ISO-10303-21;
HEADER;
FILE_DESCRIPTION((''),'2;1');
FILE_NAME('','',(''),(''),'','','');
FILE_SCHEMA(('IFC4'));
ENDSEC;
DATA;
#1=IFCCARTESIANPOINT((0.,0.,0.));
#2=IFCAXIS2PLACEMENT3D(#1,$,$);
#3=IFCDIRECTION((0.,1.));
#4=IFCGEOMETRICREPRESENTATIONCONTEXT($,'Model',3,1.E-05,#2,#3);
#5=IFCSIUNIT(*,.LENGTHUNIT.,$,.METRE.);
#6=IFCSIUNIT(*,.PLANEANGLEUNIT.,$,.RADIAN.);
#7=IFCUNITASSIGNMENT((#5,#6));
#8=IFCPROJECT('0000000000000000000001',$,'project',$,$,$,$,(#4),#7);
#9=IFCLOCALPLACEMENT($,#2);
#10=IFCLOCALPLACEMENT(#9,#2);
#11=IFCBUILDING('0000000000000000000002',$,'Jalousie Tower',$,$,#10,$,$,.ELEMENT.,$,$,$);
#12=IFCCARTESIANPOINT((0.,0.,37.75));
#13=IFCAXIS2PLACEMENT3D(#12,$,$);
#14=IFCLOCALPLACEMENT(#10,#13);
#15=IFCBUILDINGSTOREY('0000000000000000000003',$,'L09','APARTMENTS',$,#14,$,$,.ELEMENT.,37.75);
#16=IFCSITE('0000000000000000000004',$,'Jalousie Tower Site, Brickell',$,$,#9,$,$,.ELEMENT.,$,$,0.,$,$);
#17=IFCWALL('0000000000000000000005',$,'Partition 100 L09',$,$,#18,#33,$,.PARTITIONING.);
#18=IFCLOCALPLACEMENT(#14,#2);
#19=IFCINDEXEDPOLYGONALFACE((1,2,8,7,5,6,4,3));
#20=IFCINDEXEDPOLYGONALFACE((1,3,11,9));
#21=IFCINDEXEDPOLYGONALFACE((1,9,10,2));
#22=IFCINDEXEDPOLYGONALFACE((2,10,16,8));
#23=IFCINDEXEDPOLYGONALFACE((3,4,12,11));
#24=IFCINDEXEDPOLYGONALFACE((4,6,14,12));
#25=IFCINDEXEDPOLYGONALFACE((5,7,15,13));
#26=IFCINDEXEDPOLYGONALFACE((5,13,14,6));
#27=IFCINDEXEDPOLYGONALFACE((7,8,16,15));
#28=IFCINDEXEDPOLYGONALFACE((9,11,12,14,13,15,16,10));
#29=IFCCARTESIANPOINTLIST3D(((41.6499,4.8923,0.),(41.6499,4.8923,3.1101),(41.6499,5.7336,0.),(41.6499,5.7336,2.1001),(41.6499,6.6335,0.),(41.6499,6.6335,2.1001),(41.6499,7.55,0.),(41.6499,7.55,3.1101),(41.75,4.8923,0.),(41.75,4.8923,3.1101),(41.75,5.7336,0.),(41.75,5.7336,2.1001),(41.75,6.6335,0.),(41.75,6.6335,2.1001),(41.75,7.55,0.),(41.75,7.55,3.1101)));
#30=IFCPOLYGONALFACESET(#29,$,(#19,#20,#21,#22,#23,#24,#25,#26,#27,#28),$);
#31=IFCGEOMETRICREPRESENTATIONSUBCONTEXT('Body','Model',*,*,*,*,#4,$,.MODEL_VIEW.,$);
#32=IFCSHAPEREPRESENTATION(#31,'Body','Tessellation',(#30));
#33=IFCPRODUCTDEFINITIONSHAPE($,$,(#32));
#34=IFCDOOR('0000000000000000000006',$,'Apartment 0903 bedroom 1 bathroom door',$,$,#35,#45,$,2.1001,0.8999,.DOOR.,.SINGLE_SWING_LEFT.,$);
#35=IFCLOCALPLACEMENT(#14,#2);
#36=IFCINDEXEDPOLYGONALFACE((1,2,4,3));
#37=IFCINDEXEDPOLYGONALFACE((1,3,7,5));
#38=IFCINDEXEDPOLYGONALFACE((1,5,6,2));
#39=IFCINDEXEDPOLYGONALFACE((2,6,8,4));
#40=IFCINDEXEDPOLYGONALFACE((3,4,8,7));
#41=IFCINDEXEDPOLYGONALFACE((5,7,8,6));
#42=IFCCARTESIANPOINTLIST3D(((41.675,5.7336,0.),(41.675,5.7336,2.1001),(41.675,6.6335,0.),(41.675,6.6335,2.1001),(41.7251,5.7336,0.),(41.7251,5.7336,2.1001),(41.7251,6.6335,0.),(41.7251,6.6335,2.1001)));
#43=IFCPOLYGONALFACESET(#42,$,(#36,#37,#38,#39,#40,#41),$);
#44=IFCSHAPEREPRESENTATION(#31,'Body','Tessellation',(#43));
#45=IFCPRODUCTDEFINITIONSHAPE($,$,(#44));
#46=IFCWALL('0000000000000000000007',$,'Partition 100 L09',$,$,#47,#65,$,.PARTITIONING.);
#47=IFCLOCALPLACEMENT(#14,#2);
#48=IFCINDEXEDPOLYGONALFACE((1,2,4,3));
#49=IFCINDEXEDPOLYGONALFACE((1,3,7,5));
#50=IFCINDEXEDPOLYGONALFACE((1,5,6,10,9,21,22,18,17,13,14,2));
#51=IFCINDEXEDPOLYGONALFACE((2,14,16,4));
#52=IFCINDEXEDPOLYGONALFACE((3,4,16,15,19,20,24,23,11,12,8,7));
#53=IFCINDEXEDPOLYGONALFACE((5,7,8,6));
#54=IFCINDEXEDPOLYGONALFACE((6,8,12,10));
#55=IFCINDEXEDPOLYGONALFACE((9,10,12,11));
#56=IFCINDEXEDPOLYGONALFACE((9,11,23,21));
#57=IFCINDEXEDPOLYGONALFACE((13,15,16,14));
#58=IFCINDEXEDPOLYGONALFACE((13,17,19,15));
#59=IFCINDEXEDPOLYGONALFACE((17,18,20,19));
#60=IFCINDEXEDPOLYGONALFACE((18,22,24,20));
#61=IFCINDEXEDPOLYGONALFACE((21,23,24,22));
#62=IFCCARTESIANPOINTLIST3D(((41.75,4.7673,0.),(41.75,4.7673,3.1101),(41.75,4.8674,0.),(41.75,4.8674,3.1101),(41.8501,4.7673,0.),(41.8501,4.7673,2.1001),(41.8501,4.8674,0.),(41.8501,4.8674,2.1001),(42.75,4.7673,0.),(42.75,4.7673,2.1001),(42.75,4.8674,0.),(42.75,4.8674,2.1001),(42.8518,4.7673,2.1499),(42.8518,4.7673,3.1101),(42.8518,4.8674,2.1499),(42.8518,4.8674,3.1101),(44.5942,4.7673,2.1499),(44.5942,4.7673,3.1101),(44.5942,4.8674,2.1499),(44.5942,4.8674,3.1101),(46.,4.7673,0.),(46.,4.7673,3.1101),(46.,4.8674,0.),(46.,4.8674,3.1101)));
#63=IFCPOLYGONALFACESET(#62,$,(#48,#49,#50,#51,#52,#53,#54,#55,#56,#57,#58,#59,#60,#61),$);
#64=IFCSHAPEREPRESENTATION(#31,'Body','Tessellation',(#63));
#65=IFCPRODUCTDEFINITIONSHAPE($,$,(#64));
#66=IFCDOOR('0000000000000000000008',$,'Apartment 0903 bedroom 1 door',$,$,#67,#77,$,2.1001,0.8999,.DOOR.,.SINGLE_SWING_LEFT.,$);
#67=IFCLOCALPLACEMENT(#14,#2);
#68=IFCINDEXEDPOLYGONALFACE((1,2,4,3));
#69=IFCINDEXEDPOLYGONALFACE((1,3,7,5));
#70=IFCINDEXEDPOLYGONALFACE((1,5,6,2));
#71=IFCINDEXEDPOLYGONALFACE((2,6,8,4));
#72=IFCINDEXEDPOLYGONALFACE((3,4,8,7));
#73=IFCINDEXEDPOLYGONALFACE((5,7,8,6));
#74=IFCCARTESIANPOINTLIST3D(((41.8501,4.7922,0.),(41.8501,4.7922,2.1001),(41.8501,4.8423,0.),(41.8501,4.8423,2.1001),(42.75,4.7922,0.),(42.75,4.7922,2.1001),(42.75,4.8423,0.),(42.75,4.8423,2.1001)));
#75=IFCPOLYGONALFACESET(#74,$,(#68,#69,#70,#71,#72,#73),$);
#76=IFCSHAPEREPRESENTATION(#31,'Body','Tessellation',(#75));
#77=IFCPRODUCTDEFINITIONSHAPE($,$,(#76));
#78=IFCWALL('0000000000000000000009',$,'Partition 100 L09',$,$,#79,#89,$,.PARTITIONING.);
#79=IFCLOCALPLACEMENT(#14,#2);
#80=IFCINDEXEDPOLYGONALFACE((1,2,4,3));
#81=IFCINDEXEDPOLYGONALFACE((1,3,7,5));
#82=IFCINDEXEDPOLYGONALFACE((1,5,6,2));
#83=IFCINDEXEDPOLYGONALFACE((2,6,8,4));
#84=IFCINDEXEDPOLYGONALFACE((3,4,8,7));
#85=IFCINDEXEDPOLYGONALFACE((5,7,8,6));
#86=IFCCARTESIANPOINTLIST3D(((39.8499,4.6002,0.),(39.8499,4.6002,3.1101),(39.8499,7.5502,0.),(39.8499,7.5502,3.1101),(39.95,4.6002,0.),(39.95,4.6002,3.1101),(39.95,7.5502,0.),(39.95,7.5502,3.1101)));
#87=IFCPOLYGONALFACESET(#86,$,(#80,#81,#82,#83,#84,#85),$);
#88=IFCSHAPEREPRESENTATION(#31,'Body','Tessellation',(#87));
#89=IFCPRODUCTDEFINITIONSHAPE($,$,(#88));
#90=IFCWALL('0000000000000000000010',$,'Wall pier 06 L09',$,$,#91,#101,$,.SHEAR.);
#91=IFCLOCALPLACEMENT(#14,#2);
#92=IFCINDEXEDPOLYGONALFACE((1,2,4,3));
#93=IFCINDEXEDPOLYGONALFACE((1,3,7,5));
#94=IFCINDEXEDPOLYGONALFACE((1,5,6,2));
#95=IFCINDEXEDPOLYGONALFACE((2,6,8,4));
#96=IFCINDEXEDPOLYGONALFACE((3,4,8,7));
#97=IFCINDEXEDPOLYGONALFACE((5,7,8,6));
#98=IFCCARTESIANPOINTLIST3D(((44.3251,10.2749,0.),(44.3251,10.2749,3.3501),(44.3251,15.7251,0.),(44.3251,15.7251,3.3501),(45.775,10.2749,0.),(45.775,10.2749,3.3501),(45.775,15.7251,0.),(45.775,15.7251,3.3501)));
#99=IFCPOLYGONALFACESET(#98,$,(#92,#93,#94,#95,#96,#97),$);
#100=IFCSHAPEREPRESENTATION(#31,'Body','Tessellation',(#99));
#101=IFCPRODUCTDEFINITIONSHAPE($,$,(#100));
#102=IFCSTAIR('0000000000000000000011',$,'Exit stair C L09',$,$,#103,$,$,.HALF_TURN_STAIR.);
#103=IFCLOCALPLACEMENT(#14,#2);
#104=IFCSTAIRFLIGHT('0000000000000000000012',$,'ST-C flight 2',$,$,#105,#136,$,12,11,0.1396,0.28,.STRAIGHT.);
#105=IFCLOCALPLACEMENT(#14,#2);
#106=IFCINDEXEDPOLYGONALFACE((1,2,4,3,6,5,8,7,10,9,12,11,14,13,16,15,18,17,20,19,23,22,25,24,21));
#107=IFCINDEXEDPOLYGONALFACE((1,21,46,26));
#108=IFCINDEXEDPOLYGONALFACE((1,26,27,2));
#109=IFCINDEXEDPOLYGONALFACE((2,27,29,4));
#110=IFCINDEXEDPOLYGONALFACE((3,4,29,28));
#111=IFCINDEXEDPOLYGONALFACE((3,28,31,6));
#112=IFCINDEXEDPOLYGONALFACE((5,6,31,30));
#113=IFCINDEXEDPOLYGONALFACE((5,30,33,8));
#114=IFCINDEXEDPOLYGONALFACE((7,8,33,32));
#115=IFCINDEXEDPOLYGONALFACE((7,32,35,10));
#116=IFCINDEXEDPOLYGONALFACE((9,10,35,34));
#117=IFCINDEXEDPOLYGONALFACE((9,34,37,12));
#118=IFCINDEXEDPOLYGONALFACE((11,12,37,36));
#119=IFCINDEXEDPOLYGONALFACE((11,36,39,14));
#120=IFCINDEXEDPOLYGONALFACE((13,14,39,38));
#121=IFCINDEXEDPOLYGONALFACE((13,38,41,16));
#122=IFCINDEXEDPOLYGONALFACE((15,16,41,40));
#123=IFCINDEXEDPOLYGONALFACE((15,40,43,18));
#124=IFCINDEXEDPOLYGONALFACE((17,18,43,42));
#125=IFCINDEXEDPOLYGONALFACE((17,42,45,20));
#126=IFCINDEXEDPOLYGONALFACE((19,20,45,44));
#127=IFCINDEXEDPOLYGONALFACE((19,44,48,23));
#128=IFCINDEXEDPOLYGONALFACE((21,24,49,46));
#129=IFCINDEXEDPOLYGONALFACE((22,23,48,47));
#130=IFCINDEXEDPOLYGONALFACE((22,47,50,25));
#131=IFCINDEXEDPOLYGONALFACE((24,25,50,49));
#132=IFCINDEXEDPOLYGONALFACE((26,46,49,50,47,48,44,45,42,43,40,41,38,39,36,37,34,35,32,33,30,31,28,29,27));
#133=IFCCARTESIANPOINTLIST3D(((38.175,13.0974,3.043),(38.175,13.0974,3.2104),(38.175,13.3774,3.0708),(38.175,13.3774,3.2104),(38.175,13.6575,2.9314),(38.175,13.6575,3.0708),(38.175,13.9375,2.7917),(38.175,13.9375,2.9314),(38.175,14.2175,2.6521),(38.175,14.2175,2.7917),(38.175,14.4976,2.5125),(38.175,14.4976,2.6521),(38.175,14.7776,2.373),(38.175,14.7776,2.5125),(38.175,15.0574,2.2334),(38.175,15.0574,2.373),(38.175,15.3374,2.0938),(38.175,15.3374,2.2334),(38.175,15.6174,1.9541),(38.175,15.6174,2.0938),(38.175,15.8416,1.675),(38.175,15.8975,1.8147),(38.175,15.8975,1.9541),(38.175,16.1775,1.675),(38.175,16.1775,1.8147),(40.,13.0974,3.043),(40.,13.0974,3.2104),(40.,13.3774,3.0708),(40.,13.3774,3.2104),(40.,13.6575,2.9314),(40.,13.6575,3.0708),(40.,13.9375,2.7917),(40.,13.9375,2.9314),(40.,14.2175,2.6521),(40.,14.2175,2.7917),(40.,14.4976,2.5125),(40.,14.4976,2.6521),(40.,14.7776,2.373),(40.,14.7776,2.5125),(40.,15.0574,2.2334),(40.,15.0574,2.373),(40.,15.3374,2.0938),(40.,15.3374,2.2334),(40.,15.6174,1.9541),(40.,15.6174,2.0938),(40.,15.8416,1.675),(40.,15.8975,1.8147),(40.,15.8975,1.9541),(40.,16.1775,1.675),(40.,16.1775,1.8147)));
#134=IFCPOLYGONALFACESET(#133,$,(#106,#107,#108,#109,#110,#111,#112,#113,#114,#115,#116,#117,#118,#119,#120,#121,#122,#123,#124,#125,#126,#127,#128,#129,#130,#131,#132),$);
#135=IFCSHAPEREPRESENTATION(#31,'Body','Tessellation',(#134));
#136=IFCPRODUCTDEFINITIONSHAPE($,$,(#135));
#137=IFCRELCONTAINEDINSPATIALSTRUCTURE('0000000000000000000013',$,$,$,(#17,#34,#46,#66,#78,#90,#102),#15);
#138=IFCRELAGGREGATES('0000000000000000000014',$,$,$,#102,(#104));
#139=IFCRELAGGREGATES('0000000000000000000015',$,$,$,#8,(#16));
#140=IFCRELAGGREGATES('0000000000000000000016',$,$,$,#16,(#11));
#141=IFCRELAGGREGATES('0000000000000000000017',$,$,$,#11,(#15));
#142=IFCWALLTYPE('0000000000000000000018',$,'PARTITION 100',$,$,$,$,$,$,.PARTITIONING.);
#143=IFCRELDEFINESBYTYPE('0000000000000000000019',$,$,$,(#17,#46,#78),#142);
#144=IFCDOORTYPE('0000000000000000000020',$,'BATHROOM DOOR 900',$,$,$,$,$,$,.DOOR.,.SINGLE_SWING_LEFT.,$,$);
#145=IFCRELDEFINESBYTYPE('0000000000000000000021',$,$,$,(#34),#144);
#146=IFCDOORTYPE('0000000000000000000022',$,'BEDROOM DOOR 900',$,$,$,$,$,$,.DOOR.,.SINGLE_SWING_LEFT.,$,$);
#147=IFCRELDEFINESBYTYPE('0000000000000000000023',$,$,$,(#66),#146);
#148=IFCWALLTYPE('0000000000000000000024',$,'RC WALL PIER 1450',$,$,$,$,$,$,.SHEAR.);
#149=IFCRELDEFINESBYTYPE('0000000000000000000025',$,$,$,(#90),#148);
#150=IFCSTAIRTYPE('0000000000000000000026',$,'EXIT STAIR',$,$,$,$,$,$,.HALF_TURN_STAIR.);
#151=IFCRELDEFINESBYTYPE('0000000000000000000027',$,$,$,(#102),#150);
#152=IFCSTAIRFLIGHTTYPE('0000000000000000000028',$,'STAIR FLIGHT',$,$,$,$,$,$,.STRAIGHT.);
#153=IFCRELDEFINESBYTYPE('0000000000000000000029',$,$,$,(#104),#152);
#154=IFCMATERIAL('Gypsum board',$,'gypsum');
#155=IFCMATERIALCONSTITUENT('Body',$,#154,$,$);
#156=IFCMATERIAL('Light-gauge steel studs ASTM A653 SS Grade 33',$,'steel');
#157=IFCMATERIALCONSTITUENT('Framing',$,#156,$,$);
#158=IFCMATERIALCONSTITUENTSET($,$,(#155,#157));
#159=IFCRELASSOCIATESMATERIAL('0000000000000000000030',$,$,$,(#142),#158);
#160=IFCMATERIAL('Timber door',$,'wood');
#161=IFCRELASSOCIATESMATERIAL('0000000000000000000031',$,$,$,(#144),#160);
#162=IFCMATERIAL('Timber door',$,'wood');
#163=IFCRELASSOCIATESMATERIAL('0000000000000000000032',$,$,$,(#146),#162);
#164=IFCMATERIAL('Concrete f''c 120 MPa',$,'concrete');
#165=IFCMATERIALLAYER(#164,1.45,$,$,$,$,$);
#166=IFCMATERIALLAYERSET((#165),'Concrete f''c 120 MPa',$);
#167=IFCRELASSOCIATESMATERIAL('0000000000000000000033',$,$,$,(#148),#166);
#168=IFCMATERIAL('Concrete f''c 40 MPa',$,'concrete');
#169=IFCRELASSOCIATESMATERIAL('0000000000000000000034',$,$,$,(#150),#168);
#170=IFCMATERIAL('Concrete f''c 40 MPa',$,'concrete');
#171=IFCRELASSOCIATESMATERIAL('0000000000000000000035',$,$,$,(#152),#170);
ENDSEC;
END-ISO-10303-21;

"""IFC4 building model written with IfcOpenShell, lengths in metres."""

from ifc_helpers import new_model, si_unit, direction, frame, frame_2d, origin, place, context, subcontext, project, spatial, polyline, rectangle, outline, extrude, material, layer, layer_set, constituent, constituent_set, type_object, element, fill, aggregate, save


model = new_model("IFC4")

# Units and contexts
model_context = context("Model", 3, precision=1e-05, world=origin(), true_north=direction((0.0, 1.0)))
body_context = subcontext(model_context, "Body", "Model", "MODEL_VIEW")
ifc_project = project(units=[si_unit("LENGTHUNIT", "METRE"), si_unit("PLANEANGLEUNIT", "RADIAN")], contexts=[model_context])

# Site, building, storey
site_placement = place(None, origin())
site = spatial("IfcSite", under=ifc_project, at=site_placement, Name="Jalousie Tower Site, Brickell", CompositionType="ELEMENT", RefElevation=0.0)
building_placement = place(site_placement, origin())
building = spatial("IfcBuilding", under=site, at=building_placement, Name="Jalousie Tower", CompositionType="ELEMENT")
storey_placement = place(building_placement, frame((0.0, 0.0, 37.75)))
storey = spatial("IfcBuildingStorey", under=building, at=storey_placement, Name="L09", Description="APARTMENTS", CompositionType="ELEMENT", Elevation=37.75)

# Walls, openings, doors
ifc_material_1 = material(Name="Gypsum board", Category="gypsum")
ifc_constituent_1 = constituent(ifc_material_1, Name="Body")
ifc_material_2 = material(Name="Light-gauge steel studs ASTM A653 SS Grade 33", Category="steel")
ifc_constituent_2 = constituent(ifc_material_2, Name="Framing")
ifc_constituent_set_1 = constituent_set(constituents=[ifc_constituent_1, ifc_constituent_2])
wall_type_1 = type_object("IfcWallType", Name="PARTITION 100", PredefinedType="PARTITIONING", material=ifc_constituent_set_1)
wall_1_placement = place(storey_placement, frame((41.7, 4.8923, 0.0), z_axis=(0.0, 0.0, 1.0), x_axis=(0.0, 1.0, 0.0)))
wall_1 = element("IfcWall", 1, at=wall_1_placement, inside=storey, type_object=wall_type_1, Name="Partition 100 L09", PredefinedType="PARTITIONING", context=body_context, shape_type="SweptSolid", body=[
    extrude(rectangle(XDim=2.6577, YDim=0.1001, at=frame_2d((1.3289, 0.0))), origin(), (0.0, 0.0, 1.0), 3.1101),
])
opening_1_placement = place(wall_1_placement, frame((0.8413, 0.0, 0.0)))
opening_1 = element("IfcOpeningElement", 2, at=opening_1_placement, cuts=wall_1, PredefinedType="OPENING", context=body_context, shape_type="SweptSolid", body=[
    extrude(rectangle(XDim=0.8999, YDim=2.1001, at=frame_2d((0.45, 1.05))), frame((0.0, 0.0601, 0.0), z_axis=(0.0, -1.0, 0.0), x_axis=(1.0, 0.0, 0.0)), (0.0, 0.0, 1.0), 0.1201),
])
ifc_material_3 = material(Name="Timber door", Category="wood")
door_type_1 = type_object("IfcDoorType", Name="BATHROOM DOOR 900", OperationType="SINGLE_SWING_LEFT", PredefinedType="DOOR", material=ifc_material_3)
door_1_placement = place(opening_1_placement, origin())
door_1 = element("IfcDoor", 3, at=door_1_placement, inside=storey, type_object=door_type_1, Name="Apartment 0903 bedroom 1 bathroom door", OperationType="SINGLE_SWING_LEFT", OverallHeight=2.1001, OverallWidth=0.8999, PredefinedType="DOOR", context=body_context, shape_type="SweptSolid", body=[
    extrude(rectangle(XDim=0.8999, YDim=2.1001, at=frame_2d((0.45, 1.05))), frame((0.0, 0.0249, 0.0), z_axis=(0.0, -1.0, 0.0), x_axis=(1.0, 0.0, 0.0)), (0.0, 0.0, 1.0), 0.05),
])
fill(opening_1, door_1)
wall_2_placement = place(storey_placement, frame((41.75, 4.8174, 0.0), z_axis=(0.0, 0.0, 1.0), x_axis=(1.0, 0.0, 0.0)))
wall_2 = element("IfcWall", 4, at=wall_2_placement, inside=storey, type_object=wall_type_1, Name="Partition 100 L09", PredefinedType="PARTITIONING", context=body_context, shape_type="SweptSolid", body=[
    extrude(outline(polyline([(0.0, 0.0), (4.25, 0.0), (4.25, 3.1101), (2.8442, 3.1101), (2.8442, 2.1499), (1.1018, 2.1499), (1.1018, 3.1101), (0.0, 3.1101), (0.0, 0.0)])), frame((0.0, 0.05, 0.0), z_axis=(0.0, -1.0, 0.0), x_axis=(1.0, 0.0, 0.0)), (0.0, 0.0, 1.0), 0.1001),
])
opening_2_placement = place(wall_2_placement, frame((0.1001, 0.0, 0.0)))
opening_2 = element("IfcOpeningElement", 5, at=opening_2_placement, cuts=wall_2, PredefinedType="OPENING", context=body_context, shape_type="SweptSolid", body=[
    extrude(rectangle(XDim=0.8999, YDim=2.1001, at=frame_2d((0.45, 1.05))), frame((0.0, 0.0601, 0.0), z_axis=(0.0, -1.0, 0.0), x_axis=(1.0, 0.0, 0.0)), (0.0, 0.0, 1.0), 0.1201),
])
ifc_material_4 = material(Name="Timber door", Category="wood")
door_type_2 = type_object("IfcDoorType", Name="BEDROOM DOOR 900", OperationType="SINGLE_SWING_LEFT", PredefinedType="DOOR", material=ifc_material_4)
door_2_placement = place(opening_2_placement, origin())
door_2 = element("IfcDoor", 6, at=door_2_placement, inside=storey, type_object=door_type_2, Name="Apartment 0903 bedroom 1 door", OperationType="SINGLE_SWING_LEFT", OverallHeight=2.1001, OverallWidth=0.8999, PredefinedType="DOOR", context=body_context, shape_type="SweptSolid", body=[
    extrude(rectangle(XDim=0.8999, YDim=2.1001, at=frame_2d((0.45, 1.05))), frame((0.0, 0.0249, 0.0), z_axis=(0.0, -1.0, 0.0), x_axis=(1.0, 0.0, 0.0)), (0.0, 0.0, 1.0), 0.05),
])
fill(opening_2, door_2)

# Walls
wall_3_placement = place(storey_placement, frame((39.8999, 4.6001, 0.0), z_axis=(0.0, 0.0, 1.0), x_axis=(0.0, 1.0, 0.0)))
element("IfcWall", 7, at=wall_3_placement, inside=storey, type_object=wall_type_1, Name="Partition 100 L09", PredefinedType="PARTITIONING", context=body_context, shape_type="SweptSolid", body=[
    extrude(rectangle(XDim=2.95, YDim=0.1001, at=frame_2d((1.4751, 0.0))), origin(), (0.0, 0.0, 1.0), 3.1101),
])
ifc_material_5 = material(Name="Concrete f'c 120 MPa", Category="concrete")
ifc_layer_1 = layer(ifc_material_5, 1.45)
ifc_layer_set_1 = layer_set([ifc_layer_1], Name="Concrete f'c 120 MPa")
wall_type_2 = type_object("IfcWallType", Name="RC WALL PIER 1450", PredefinedType="SHEAR", material=ifc_layer_set_1)
wall_4_placement = place(storey_placement, frame((45.05, 10.2749, 0.0), z_axis=(0.0, 0.0, 1.0), x_axis=(0.0, 1.0, 0.0)))
element("IfcWall", 8, at=wall_4_placement, inside=storey, type_object=wall_type_2, Name="Wall pier 06 L09", PredefinedType="SHEAR", context=body_context, shape_type="SweptSolid", body=[
    extrude(rectangle(XDim=5.4502, YDim=1.45, at=frame_2d((2.7251, 0.0))), origin(), (0.0, 0.0, 1.0), 3.3501),
])

# Stair, stair flight
ifc_material_6 = material(Name="Concrete f'c 40 MPa", Category="concrete")
stair_type = type_object("IfcStairType", Name="EXIT STAIR", PredefinedType="HALF_TURN_STAIR", material=ifc_material_6)
stair_placement = place(storey_placement, origin())
stair = element("IfcStair", 9, at=stair_placement, inside=storey, type_object=stair_type, Name="Exit stair C L09", PredefinedType="HALF_TURN_STAIR")
ifc_material_7 = material(Name="Concrete f'c 40 MPa", Category="concrete")
stair_flight_type = type_object("IfcStairFlightType", Name="STAIR FLIGHT", PredefinedType="STRAIGHT", material=ifc_material_7)
stair_flight_placement = place(storey_placement, frame((39.0874, 16.1775, 1.675), z_axis=(0.0, 0.0, 1.0), x_axis=(0.0, -1.0, 0.0)))
stair_flight = element("IfcStairFlight", 10, at=stair_flight_placement, type_object=stair_flight_type, Name="ST-C flight 2", NumberOfRisers=12, NumberOfTreads=11, PredefinedType="STRAIGHT", RiserHeight=0.1396, TreadLength=0.28, context=body_context, shape_type="SweptSolid", body=[
    extrude(outline(polyline([(0.0, 0.0), (0.0, 0.1396), (0.28, 0.1396), (0.28, 0.2791), (0.5601, 0.2791), (0.5601, 0.4187), (0.8401, 0.4187), (0.8401, 0.5583), (1.1201, 0.5583), (1.1201, 0.698), (1.3999, 0.698), (1.3999, 0.8374), (1.6799, 0.8374), (1.6799, 0.9771), (1.96, 0.9771), (1.96, 1.1167), (2.24, 1.1167), (2.24, 1.2563), (2.52, 1.2563), (2.52, 1.3958), (2.8, 1.3958), (2.8, 1.5354), (3.0801, 1.5354), (3.0801, 1.675), (3.0801, 1.3679), (0.3359, 0.0), (0.0, 0.0)])), frame((0.0, 0.9126, 0.0), z_axis=(0.0, -1.0, 0.0), x_axis=(1.0, 0.0, 0.0)), (0.0, 0.0, 1.0), 1.825),
])
aggregate(stair, [stair_flight])

save(model, "model.ifc")
